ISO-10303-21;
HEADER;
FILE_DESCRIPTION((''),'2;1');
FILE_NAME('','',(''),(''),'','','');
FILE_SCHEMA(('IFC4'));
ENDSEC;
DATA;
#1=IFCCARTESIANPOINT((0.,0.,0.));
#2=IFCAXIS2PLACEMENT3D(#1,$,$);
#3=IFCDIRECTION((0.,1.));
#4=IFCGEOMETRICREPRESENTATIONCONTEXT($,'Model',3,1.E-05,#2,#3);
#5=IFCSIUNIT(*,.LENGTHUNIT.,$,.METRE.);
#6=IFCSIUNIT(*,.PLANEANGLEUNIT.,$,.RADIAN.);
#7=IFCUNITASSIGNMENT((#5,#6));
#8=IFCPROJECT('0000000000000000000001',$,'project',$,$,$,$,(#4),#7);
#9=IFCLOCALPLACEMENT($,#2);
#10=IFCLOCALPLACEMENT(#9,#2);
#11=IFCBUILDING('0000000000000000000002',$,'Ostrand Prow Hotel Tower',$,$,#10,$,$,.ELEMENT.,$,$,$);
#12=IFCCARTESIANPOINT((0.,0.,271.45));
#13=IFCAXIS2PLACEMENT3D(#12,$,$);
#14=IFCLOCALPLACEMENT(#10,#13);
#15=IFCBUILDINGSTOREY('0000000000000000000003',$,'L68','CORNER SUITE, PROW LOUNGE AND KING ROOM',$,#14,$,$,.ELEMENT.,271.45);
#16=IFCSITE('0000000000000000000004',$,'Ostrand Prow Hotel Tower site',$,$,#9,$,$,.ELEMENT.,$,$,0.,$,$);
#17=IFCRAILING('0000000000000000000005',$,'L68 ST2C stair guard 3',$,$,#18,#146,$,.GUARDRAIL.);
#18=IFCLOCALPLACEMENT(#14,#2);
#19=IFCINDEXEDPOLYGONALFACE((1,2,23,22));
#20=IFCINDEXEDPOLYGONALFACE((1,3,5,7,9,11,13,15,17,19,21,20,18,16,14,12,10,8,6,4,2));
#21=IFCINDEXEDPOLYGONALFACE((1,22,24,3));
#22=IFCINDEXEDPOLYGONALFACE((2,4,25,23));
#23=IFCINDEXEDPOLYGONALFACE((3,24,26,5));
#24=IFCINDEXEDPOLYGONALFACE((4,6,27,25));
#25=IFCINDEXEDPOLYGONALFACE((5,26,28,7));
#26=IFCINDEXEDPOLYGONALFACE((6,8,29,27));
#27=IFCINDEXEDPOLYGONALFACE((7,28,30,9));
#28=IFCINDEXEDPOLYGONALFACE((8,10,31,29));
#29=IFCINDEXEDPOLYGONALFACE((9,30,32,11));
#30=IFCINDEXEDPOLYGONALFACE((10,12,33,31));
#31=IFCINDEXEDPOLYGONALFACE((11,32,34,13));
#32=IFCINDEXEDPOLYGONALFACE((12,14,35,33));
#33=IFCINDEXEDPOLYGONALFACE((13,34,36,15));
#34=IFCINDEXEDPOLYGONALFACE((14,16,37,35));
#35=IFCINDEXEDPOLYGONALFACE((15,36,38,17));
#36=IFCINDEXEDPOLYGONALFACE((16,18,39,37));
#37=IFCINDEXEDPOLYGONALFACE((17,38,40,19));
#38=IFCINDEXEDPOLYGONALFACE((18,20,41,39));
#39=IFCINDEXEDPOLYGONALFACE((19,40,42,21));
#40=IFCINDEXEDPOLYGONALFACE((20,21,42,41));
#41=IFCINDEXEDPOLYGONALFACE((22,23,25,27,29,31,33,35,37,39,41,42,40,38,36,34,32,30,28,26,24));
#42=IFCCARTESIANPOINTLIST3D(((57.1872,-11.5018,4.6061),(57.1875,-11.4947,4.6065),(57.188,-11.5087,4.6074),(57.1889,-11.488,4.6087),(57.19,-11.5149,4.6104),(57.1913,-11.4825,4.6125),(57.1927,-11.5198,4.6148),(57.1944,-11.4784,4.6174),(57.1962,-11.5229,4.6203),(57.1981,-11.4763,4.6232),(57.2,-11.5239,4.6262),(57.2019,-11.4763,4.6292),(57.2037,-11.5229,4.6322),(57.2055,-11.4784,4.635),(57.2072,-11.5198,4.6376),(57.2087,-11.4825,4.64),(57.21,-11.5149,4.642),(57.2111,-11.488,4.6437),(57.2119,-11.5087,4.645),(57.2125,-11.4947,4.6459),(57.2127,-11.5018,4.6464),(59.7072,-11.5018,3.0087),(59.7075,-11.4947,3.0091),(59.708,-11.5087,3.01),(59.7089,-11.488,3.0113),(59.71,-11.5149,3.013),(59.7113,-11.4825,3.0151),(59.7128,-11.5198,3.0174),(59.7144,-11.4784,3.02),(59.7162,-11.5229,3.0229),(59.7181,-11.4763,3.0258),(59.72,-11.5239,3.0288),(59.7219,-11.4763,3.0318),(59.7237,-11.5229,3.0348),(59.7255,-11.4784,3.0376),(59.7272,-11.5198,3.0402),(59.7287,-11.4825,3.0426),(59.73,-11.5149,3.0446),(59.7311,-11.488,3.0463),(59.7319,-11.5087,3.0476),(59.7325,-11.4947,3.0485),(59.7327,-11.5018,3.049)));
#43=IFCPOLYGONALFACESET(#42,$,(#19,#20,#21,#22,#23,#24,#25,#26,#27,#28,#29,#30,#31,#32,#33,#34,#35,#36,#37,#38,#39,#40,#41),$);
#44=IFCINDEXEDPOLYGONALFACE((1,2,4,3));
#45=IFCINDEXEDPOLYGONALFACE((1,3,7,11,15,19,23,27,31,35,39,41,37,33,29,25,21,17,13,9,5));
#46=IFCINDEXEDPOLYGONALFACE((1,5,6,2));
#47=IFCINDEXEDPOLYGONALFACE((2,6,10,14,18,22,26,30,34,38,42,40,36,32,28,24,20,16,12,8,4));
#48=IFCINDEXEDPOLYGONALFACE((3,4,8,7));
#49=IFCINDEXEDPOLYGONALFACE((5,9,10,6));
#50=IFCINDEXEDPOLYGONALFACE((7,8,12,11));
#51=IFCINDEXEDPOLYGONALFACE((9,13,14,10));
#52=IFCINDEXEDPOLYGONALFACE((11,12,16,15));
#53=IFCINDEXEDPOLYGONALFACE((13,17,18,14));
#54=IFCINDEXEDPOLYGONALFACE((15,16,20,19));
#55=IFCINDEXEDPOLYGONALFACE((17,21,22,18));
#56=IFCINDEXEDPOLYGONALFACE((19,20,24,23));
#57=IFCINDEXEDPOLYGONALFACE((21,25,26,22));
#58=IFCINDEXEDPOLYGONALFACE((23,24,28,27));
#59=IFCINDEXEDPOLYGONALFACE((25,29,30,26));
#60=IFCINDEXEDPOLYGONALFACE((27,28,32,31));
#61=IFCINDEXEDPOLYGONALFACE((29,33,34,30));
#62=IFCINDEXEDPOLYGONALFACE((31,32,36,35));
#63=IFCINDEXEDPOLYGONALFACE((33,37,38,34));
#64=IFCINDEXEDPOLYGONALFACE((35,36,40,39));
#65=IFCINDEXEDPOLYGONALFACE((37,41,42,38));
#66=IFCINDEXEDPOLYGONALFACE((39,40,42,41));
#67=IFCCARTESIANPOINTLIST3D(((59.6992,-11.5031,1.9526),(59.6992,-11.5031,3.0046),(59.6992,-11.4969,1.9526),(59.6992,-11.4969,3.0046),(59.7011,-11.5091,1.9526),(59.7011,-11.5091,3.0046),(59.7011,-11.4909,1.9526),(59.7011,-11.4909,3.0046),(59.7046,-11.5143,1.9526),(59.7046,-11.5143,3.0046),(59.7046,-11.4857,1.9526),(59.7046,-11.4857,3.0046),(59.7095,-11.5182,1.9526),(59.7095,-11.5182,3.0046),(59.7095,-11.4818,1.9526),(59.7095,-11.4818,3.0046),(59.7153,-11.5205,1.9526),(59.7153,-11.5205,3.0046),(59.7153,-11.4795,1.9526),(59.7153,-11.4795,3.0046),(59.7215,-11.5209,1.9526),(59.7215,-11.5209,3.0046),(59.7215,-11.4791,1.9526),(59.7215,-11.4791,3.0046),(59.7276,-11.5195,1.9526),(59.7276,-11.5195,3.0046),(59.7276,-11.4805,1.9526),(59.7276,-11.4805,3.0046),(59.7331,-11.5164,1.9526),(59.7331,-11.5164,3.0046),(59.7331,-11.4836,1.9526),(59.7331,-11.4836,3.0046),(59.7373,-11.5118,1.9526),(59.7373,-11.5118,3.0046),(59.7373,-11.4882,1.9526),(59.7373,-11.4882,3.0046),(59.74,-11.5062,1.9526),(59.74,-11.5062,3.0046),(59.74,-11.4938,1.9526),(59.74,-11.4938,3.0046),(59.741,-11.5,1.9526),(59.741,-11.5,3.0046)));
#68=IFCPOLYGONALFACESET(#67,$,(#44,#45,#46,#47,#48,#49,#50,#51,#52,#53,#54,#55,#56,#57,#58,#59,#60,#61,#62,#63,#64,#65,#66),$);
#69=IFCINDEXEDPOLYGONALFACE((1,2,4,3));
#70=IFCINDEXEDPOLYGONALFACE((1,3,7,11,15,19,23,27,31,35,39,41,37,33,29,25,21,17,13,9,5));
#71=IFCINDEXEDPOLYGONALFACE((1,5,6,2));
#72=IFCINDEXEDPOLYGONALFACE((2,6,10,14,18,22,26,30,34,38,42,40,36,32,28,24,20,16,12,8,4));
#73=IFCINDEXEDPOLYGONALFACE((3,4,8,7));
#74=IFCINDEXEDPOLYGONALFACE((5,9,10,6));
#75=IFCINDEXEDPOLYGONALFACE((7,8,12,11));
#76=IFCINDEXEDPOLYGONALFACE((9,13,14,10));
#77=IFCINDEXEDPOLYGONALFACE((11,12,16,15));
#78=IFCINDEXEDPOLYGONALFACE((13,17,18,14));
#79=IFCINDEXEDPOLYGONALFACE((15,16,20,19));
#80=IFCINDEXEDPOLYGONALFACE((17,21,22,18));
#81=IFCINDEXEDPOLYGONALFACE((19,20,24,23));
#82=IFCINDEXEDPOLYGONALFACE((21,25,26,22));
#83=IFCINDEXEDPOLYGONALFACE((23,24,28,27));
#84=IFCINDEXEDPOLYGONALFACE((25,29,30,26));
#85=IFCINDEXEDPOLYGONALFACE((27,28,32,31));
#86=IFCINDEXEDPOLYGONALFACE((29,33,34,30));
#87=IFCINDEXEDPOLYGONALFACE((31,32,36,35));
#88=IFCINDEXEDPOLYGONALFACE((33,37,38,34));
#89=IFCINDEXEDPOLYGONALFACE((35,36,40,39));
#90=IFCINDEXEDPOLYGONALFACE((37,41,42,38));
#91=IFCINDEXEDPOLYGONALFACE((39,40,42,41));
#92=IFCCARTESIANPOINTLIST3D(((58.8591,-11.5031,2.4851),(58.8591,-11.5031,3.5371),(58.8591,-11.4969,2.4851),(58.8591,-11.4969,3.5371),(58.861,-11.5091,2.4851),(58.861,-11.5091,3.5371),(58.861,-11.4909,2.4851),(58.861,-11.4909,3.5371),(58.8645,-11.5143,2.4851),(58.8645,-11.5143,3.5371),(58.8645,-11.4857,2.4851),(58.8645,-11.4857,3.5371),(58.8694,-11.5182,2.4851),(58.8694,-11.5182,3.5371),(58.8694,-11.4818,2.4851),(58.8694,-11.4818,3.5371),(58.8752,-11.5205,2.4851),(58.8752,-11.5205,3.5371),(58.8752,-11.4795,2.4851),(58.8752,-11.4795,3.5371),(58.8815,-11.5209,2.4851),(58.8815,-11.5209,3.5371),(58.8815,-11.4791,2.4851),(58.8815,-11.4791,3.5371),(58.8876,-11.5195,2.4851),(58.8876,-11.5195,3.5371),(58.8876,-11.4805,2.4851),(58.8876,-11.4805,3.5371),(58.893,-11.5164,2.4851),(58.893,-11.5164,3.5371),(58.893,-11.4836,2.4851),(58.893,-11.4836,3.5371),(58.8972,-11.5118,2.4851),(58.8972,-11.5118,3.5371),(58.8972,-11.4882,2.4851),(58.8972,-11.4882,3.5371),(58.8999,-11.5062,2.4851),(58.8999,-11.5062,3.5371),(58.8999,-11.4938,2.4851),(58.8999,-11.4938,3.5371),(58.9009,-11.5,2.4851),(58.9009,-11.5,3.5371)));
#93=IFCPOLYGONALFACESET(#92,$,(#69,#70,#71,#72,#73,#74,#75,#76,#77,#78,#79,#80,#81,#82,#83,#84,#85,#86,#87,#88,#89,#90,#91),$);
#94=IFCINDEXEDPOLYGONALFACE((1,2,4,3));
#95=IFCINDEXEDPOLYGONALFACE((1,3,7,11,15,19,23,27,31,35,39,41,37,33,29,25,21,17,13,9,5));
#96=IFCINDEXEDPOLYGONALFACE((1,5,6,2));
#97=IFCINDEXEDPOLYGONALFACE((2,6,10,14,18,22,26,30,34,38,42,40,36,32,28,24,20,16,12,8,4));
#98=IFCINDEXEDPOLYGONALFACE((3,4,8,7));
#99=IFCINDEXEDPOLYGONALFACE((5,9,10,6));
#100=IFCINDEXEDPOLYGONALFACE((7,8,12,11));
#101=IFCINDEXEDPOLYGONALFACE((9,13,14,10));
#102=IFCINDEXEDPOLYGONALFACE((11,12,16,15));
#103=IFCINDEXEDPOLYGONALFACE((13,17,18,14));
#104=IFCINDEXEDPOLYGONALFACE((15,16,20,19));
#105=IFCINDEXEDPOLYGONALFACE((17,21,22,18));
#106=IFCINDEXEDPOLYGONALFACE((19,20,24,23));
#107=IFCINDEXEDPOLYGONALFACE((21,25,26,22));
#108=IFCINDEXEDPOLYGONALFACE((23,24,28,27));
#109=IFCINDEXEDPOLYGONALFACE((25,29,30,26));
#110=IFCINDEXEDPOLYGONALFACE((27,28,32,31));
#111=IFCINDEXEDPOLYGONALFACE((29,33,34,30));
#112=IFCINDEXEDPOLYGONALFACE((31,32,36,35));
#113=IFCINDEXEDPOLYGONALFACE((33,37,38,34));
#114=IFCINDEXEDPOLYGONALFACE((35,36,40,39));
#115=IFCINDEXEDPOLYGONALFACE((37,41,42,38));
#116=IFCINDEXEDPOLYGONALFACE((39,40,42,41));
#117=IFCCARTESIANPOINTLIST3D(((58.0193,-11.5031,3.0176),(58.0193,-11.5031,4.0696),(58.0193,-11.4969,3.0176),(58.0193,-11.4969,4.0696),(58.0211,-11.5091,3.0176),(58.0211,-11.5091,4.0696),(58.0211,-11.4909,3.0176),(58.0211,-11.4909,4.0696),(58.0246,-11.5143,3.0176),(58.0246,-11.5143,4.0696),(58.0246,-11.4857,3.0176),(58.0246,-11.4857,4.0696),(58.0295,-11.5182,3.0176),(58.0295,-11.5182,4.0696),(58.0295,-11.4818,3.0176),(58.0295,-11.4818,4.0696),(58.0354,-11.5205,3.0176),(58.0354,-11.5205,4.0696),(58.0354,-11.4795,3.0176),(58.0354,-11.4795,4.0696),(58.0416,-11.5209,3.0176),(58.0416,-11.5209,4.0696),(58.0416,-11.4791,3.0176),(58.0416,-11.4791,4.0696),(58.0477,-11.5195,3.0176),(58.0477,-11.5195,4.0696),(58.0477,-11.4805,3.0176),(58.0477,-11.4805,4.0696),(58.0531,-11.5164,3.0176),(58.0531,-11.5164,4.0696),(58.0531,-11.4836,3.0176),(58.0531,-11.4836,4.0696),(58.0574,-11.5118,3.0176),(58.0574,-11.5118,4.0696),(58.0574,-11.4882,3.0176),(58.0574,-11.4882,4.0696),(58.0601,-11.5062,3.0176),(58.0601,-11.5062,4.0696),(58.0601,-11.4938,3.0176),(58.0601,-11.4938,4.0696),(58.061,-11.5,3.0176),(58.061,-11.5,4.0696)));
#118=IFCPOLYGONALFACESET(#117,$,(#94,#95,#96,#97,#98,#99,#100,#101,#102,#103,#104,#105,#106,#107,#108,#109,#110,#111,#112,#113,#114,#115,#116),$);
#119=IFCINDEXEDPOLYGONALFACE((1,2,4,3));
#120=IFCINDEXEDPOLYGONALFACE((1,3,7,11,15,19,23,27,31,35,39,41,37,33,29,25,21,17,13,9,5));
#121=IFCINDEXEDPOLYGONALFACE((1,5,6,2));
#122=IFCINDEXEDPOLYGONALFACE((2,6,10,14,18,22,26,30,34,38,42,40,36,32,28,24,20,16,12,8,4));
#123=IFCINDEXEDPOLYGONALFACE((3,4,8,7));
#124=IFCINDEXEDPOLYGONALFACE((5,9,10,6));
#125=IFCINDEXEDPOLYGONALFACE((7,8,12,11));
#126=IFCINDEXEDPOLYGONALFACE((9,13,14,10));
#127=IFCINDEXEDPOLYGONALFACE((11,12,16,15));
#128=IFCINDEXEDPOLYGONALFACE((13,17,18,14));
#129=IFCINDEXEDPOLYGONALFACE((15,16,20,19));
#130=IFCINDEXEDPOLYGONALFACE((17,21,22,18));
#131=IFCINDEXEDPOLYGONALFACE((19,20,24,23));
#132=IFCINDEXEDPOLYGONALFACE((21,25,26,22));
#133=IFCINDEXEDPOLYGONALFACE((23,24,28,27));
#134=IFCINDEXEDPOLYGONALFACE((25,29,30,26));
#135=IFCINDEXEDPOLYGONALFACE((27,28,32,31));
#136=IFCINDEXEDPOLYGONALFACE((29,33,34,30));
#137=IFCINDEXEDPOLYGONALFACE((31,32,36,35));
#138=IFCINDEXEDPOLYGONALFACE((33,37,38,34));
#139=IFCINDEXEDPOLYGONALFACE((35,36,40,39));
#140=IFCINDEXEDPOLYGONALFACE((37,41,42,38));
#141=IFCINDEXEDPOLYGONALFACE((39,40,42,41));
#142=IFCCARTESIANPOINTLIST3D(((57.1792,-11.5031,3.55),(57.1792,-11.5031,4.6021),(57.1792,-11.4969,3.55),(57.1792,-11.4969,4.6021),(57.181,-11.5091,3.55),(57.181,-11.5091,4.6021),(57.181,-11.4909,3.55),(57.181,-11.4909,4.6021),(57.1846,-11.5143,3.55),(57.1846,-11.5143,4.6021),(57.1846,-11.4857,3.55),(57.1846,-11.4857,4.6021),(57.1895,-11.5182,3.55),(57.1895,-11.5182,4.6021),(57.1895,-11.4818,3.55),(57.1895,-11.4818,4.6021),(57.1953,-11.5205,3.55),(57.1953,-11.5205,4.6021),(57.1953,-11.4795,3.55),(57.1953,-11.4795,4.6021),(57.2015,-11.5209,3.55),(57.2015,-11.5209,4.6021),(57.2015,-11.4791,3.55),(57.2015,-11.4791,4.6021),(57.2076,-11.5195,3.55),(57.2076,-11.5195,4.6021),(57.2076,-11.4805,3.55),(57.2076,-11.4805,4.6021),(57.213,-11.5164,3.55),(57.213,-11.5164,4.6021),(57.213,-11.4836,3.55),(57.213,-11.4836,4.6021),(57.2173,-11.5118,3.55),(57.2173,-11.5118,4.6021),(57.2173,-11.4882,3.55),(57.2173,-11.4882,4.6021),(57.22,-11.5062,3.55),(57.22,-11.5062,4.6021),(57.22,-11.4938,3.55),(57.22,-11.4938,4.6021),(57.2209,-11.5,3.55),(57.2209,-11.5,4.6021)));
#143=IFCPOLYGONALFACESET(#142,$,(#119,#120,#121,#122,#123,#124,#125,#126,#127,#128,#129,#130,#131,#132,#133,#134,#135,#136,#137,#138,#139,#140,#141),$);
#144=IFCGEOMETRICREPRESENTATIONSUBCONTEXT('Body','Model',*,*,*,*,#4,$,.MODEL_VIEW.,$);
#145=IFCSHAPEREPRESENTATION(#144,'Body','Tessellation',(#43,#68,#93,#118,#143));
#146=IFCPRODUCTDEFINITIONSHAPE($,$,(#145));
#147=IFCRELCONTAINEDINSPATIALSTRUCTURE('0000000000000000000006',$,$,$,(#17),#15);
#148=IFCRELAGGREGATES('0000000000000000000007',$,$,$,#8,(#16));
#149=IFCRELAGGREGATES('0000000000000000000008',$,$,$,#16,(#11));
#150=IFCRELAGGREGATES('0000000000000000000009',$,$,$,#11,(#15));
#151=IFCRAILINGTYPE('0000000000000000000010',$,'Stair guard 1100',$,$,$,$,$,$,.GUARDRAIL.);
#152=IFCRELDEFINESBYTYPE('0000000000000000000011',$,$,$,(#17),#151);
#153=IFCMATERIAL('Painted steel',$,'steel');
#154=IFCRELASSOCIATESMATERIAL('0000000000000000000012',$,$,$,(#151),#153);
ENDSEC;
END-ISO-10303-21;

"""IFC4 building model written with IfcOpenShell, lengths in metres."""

from ifc_helpers import new_model, si_unit, direction, frame, origin, origin_2d, place, context, subcontext, project, spatial, circle, extrude, material, type_object, element, save


model = new_model("IFC4")

# Units and contexts
model_context = context("Model", 3, precision=1e-05, world=origin(), true_north=direction((0.0, 1.0)))
body_context = subcontext(model_context, "Body", "Model", "MODEL_VIEW")
ifc_project = project(units=[si_unit("LENGTHUNIT", "METRE"), si_unit("PLANEANGLEUNIT", "RADIAN")], contexts=[model_context])

# Site, building, storey
site_placement = place(None, origin())
site = spatial("IfcSite", under=ifc_project, at=site_placement, Name="Ostrand Prow Hotel Tower site", CompositionType="ELEMENT", RefElevation=0.0)
building_placement = place(site_placement, origin())
building = spatial("IfcBuilding", under=site, at=building_placement, Name="Ostrand Prow Hotel Tower", CompositionType="ELEMENT")
storey_placement = place(building_placement, frame((0.0, 0.0, 271.45)))
storey = spatial("IfcBuildingStorey", under=building, at=storey_placement, Name="L68", Description="CORNER SUITE, PROW LOUNGE AND KING ROOM", CompositionType="ELEMENT", Elevation=271.45)

# Railing
ifc_material_1 = material(Name="Painted steel", Category="steel")
railing_type_1 = type_object("IfcRailingType", Name="Stair guard 1100", PredefinedType="GUARDRAIL", material=ifc_material_1)
railing_1_placement = place(storey_placement, frame((59.72, -11.5, 1.9526)))
element("IfcRailing", 1, at=railing_1_placement, inside=storey, type_object=railing_type_1, Name="L68 ST2C stair guard 3", PredefinedType="GUARDRAIL", context=body_context, shape_type="SweptSolid", body=[
    extrude(circle(Radius=0.0239, at=origin_2d()), frame((0.0, 0.0, 1.0762), z_axis=(-0.844607, 0.0, 0.535387), x_axis=(0.0, -1.0, 0.0)), (0.0, 0.0, 1.0), 2.9836),
    extrude(circle(Radius=0.021, at=origin_2d()), origin(), (0.0, 0.0, 1.0), 1.052),
    extrude(circle(Radius=0.021, at=origin_2d()), frame((-0.8401, 0.0, 0.5325)), (0.0, 0.0, 1.0), 1.052),
    extrude(circle(Radius=0.021, at=origin_2d()), frame((-1.6799, 0.0, 1.0649)), (0.0, 0.0, 1.0), 1.052),
    extrude(circle(Radius=0.021, at=origin_2d()), frame((-2.52, 0.0, 1.5974)), (0.0, 0.0, 1.0), 1.052),
])

save(model, "model.ifc")
